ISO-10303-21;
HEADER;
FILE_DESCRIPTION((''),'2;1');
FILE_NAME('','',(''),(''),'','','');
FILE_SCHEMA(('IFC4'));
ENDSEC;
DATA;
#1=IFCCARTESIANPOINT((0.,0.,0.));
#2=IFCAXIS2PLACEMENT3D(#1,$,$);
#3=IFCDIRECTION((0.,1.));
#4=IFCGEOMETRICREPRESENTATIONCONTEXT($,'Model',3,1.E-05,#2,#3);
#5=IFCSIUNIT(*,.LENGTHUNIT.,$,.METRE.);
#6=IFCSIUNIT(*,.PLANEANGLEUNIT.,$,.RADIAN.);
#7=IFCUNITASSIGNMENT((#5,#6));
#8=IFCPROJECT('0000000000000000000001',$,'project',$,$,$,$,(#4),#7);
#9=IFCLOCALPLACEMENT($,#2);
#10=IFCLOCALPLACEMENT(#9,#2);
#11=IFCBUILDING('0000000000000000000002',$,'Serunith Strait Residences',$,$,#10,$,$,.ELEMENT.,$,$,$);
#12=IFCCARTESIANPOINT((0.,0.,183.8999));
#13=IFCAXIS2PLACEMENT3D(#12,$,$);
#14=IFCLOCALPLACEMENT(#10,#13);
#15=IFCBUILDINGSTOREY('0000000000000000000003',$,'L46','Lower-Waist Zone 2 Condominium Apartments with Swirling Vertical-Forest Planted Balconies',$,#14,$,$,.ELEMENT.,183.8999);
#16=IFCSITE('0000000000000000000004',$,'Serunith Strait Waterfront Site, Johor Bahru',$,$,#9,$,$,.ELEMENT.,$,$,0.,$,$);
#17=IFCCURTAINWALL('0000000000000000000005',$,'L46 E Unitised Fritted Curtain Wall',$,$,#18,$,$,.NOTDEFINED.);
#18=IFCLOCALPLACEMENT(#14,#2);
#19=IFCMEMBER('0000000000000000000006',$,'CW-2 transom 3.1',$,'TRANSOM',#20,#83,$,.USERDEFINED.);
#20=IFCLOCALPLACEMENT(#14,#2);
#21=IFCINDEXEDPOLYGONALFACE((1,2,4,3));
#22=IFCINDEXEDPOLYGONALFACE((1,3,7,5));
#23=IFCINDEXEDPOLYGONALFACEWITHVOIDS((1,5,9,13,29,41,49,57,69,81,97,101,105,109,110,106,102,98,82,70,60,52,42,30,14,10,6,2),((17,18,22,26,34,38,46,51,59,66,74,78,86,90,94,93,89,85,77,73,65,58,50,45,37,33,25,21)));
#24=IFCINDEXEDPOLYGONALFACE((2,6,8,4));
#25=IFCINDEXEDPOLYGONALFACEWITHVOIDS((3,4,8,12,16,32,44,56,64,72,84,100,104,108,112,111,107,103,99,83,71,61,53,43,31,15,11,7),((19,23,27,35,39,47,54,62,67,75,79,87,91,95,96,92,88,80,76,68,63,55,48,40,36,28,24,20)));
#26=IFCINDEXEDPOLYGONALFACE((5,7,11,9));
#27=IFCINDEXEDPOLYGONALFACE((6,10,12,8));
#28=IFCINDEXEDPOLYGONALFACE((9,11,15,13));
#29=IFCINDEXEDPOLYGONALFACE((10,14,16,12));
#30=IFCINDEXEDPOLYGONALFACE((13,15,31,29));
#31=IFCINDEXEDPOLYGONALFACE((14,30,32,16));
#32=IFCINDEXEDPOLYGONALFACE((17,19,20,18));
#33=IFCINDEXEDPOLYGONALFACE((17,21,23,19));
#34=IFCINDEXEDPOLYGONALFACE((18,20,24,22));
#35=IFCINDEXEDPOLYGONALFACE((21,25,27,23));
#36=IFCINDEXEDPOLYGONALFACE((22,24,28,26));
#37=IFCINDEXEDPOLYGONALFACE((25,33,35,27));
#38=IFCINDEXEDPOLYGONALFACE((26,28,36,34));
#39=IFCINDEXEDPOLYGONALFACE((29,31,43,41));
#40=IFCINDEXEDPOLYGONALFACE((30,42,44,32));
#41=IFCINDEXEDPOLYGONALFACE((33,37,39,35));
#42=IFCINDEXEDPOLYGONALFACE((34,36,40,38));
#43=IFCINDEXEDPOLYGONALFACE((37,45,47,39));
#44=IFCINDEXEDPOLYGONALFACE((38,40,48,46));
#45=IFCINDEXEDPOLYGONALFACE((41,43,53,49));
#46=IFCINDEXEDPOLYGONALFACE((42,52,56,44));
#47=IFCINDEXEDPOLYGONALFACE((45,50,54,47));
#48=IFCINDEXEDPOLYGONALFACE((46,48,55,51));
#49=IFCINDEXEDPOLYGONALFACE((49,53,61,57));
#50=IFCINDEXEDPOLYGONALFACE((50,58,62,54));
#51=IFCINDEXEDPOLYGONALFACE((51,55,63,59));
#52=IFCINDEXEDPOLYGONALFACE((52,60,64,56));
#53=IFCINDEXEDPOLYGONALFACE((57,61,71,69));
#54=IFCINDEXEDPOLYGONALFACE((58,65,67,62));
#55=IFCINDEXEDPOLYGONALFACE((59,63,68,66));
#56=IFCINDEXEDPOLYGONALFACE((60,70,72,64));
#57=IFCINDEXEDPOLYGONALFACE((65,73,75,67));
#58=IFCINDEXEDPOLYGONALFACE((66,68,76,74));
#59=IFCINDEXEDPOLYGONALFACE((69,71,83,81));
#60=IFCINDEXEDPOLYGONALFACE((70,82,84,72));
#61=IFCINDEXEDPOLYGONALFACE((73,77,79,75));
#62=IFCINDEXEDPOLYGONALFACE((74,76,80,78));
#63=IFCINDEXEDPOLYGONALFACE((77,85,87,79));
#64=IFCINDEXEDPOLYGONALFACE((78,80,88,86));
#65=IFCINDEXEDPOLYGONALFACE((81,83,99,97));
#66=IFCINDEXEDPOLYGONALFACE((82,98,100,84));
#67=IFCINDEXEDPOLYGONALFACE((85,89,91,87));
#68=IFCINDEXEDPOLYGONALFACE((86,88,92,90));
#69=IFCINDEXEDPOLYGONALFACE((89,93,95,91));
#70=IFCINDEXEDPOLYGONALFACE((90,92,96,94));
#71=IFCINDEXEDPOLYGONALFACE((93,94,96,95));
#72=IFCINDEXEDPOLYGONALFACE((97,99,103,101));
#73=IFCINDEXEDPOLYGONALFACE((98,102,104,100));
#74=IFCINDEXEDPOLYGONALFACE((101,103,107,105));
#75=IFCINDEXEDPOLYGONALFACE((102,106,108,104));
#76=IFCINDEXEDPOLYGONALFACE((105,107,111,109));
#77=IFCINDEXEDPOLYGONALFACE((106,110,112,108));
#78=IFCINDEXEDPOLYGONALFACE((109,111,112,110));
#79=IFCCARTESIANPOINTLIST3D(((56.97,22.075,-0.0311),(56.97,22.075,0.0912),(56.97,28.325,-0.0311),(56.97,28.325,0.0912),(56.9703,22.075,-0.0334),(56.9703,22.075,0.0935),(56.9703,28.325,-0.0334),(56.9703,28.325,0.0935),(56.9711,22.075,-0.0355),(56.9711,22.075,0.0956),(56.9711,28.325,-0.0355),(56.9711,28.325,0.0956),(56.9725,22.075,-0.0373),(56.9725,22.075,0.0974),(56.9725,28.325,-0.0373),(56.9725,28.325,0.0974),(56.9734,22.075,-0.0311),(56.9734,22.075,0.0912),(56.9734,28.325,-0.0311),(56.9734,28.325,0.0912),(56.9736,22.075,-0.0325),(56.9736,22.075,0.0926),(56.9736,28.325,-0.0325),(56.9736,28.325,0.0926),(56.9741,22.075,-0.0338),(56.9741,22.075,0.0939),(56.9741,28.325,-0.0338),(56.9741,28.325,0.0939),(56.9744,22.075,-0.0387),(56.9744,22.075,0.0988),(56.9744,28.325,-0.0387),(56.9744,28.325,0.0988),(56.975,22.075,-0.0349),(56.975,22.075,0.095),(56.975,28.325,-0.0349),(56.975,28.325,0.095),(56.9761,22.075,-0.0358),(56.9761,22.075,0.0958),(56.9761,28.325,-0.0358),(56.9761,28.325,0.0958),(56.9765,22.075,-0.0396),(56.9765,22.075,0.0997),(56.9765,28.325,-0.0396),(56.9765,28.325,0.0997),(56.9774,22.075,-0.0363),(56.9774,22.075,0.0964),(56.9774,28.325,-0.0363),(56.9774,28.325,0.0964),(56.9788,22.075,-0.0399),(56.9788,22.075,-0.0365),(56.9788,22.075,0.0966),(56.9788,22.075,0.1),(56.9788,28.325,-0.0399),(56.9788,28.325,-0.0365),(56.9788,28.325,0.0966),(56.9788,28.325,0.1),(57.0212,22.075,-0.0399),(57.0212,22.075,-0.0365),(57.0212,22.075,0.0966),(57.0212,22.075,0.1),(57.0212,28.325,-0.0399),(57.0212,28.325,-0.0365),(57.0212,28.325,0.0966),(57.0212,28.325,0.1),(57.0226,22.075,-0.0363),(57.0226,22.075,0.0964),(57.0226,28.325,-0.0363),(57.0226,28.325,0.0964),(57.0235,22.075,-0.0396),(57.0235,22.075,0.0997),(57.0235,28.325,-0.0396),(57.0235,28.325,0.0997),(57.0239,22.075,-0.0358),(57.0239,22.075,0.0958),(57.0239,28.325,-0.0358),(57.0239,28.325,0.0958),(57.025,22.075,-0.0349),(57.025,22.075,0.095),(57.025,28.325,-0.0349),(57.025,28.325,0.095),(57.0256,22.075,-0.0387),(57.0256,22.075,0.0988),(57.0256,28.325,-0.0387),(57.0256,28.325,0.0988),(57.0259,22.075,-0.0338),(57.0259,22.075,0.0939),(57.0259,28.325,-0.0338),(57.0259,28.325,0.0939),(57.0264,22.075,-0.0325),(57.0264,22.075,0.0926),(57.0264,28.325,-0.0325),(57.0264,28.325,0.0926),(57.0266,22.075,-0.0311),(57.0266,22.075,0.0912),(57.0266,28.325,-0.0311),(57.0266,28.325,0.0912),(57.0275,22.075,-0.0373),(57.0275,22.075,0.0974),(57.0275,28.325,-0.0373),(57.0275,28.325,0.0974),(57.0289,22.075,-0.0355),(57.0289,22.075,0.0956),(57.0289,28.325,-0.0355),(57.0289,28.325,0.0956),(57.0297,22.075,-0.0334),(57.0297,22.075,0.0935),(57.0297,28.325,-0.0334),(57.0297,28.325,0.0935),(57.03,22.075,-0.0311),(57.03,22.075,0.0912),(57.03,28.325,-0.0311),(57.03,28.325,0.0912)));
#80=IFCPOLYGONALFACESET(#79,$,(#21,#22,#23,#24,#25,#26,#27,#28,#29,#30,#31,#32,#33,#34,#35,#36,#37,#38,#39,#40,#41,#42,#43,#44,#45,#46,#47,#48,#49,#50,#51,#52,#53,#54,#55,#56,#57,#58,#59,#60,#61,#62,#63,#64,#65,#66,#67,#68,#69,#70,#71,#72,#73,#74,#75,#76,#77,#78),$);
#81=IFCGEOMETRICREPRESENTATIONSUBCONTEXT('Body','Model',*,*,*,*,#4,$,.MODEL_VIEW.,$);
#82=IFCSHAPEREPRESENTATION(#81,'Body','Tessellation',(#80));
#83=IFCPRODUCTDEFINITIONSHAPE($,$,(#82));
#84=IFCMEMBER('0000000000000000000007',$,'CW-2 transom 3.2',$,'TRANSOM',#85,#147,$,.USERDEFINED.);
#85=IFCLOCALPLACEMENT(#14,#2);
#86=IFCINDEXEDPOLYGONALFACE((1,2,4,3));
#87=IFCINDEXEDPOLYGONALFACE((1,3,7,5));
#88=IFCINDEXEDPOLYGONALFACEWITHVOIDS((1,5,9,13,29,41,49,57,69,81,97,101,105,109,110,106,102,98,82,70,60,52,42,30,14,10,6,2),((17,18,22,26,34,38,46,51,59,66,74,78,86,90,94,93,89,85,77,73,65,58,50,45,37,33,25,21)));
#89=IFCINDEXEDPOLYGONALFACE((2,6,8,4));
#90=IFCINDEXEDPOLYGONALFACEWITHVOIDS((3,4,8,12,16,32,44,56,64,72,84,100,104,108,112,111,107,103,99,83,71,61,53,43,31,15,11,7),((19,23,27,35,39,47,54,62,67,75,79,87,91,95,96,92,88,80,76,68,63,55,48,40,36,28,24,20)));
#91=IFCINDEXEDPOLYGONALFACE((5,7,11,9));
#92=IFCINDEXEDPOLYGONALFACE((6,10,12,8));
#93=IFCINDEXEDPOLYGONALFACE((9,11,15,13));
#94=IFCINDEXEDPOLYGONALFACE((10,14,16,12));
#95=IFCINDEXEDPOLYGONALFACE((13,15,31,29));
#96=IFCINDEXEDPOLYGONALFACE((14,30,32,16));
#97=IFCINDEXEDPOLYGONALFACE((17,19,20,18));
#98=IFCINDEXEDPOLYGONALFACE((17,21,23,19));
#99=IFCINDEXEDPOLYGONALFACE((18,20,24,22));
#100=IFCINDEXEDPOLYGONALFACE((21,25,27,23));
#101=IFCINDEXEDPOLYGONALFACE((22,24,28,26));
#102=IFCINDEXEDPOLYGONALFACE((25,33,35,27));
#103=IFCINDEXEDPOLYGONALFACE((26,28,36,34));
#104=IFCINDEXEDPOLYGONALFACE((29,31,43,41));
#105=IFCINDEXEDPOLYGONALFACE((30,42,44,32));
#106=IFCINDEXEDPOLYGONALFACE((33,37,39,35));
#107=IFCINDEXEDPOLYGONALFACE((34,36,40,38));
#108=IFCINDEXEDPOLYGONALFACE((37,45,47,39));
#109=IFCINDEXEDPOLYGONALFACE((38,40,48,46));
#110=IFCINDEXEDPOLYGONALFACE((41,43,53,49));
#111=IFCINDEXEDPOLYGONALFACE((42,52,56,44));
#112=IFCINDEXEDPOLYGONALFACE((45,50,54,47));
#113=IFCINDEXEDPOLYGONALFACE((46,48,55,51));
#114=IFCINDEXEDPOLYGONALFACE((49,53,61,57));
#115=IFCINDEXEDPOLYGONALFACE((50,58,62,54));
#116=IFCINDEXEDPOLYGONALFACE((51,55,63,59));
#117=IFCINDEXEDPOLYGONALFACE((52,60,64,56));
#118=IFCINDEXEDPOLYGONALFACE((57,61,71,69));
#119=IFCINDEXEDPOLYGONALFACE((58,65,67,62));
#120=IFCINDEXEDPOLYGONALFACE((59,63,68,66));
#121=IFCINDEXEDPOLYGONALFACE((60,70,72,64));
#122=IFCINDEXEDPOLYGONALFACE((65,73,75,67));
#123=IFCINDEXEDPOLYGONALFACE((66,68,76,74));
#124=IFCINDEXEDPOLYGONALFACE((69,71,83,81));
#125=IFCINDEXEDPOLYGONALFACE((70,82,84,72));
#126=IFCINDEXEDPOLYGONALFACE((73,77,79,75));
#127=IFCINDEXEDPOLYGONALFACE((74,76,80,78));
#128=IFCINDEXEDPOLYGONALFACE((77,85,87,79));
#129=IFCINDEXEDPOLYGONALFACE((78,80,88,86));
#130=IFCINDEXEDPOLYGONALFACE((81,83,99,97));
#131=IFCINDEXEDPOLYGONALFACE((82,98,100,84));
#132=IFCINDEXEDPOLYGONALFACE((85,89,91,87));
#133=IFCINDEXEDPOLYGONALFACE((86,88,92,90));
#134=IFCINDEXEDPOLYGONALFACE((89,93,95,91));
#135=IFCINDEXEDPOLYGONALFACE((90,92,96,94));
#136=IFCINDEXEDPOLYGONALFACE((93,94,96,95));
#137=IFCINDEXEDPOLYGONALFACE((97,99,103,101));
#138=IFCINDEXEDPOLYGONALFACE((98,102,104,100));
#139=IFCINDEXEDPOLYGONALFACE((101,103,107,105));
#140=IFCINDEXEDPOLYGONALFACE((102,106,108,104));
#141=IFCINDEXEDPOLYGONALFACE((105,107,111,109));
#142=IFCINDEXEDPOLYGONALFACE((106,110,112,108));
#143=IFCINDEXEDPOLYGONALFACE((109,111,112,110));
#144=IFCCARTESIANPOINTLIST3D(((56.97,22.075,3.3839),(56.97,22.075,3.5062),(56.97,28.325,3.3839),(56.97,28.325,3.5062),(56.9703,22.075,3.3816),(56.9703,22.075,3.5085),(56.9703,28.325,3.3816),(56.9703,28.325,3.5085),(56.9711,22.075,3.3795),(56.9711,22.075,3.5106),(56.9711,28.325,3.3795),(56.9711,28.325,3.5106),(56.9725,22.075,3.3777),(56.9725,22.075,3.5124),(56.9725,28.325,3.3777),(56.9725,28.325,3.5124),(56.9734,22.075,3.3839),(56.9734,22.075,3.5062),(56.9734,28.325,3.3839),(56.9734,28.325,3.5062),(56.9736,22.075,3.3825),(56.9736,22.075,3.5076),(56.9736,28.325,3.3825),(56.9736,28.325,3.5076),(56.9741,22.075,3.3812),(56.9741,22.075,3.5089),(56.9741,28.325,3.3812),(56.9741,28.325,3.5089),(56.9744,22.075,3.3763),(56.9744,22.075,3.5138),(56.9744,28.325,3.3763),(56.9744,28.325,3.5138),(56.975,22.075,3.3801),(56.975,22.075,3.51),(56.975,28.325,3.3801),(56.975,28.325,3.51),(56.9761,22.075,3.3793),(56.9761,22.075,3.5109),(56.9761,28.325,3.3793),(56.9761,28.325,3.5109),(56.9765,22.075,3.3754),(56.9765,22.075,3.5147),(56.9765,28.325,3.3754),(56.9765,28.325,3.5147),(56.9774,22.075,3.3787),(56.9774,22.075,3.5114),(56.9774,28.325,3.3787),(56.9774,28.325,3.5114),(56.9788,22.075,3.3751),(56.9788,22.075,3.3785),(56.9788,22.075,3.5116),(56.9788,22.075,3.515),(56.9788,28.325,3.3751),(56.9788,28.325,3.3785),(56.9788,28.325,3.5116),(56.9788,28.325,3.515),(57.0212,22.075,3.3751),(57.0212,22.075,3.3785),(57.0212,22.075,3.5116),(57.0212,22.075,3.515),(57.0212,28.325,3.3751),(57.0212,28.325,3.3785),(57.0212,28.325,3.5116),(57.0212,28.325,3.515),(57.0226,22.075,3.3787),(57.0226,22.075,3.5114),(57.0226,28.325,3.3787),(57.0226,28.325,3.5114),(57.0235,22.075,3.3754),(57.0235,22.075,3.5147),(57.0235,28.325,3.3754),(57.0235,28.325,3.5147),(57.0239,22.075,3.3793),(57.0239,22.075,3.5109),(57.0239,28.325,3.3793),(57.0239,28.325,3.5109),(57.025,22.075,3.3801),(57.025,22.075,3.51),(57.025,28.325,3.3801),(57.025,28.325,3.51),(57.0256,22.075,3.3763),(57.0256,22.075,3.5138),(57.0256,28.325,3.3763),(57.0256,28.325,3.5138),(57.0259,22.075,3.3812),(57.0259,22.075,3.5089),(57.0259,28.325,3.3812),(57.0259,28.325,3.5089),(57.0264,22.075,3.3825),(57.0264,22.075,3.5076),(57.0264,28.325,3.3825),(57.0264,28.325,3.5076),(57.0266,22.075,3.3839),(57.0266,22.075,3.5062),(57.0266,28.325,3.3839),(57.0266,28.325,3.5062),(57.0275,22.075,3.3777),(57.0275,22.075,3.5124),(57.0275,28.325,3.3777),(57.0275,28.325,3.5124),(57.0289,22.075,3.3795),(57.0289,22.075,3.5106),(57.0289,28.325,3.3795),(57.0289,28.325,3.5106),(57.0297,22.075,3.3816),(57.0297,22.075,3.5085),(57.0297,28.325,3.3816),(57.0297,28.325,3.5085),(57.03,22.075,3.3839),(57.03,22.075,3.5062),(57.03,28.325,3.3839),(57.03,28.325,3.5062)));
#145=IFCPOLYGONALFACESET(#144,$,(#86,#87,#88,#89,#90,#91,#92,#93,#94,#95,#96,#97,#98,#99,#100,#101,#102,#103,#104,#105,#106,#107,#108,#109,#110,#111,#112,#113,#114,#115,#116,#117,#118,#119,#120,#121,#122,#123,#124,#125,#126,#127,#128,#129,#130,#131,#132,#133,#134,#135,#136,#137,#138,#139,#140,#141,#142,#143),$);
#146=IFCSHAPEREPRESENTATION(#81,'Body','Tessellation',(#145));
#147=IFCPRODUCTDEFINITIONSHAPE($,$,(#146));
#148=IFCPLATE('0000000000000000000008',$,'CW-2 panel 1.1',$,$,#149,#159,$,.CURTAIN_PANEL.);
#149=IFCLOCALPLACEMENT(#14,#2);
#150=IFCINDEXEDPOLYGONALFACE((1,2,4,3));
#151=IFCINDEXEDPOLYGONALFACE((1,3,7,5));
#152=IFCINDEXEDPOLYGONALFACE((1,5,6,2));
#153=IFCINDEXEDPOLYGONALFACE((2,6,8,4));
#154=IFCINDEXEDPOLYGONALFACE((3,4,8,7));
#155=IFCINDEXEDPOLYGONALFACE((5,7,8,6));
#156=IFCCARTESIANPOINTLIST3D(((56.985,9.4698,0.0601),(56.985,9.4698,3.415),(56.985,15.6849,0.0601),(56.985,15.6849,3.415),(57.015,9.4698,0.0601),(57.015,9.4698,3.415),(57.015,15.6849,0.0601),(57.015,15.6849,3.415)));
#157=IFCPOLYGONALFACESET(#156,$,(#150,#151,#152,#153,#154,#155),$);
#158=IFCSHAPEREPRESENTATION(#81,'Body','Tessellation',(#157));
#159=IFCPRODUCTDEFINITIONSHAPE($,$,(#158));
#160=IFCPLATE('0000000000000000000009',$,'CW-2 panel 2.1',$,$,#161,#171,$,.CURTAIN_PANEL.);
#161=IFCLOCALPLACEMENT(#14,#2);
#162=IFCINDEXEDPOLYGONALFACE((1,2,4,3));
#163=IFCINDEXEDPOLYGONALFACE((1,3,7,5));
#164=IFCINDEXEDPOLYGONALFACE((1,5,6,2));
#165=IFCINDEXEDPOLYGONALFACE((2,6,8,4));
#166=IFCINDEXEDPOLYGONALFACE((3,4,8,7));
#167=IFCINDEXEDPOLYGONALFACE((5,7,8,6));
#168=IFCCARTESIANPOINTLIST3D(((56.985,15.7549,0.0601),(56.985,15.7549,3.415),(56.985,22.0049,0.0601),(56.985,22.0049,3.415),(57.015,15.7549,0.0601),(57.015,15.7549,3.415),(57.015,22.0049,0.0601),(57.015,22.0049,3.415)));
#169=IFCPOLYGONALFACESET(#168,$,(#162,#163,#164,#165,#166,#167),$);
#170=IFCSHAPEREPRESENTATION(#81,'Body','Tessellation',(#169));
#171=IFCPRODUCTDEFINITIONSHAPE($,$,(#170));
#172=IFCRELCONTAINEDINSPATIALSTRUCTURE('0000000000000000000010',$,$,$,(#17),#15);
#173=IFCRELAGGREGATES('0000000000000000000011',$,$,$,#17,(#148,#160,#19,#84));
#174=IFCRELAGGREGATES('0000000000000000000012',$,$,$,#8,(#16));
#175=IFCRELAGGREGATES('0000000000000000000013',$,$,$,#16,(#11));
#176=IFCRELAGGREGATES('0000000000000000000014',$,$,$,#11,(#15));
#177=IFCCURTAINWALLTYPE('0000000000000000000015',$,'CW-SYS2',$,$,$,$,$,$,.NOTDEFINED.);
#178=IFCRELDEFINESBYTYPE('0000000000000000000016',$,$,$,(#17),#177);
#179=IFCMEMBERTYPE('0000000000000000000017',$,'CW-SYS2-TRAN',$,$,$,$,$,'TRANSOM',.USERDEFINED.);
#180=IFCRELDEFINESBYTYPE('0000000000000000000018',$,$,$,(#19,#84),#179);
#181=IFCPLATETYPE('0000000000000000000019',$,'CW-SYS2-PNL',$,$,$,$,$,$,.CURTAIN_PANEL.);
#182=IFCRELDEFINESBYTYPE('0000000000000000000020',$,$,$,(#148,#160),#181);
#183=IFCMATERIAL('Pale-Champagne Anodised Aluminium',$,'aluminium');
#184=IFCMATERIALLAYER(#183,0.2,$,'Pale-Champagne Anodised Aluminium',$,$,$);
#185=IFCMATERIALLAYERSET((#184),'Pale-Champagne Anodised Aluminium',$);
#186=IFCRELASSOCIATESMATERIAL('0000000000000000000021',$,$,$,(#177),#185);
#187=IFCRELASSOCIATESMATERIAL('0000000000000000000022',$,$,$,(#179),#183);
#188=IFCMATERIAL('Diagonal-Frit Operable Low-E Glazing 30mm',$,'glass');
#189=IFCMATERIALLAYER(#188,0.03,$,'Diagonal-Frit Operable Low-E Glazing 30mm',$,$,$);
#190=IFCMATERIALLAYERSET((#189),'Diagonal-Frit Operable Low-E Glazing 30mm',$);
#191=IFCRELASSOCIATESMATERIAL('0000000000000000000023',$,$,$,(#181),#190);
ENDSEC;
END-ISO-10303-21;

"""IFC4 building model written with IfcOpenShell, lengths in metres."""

from ifc_helpers import new_model, si_unit, direction, frame, origin, origin_2d, place, context, subcontext, project, spatial, rectangle, hollow_rectangle, extrude, source, transform, mapped, material, layer, layer_set, material_profile, profile_set, type_object, element, aggregate, save


model = new_model("IFC4")

# Units and contexts
model_context = context("Model", 3, precision=1e-05, world=origin(), true_north=direction((0.0, 1.0)))
body_context = subcontext(model_context, "Body", "Model", "MODEL_VIEW")
ifc_project = project(units=[si_unit("LENGTHUNIT", "METRE"), si_unit("PLANEANGLEUNIT", "RADIAN")], contexts=[model_context])

# Site, building, storey
site_placement = place(None, origin())
site = spatial("IfcSite", under=ifc_project, at=site_placement, Name="Serunith Strait Waterfront Site, Johor Bahru", CompositionType="ELEMENT", RefElevation=0.0)
building_placement = place(site_placement, origin())
building = spatial("IfcBuilding", under=site, at=building_placement, Name="Serunith Strait Residences", CompositionType="ELEMENT")
storey_placement = place(building_placement, frame((0.0, 0.0, 183.8999)))
storey = spatial("IfcBuildingStorey", under=building, at=storey_placement, Name="L46", Description="Lower-Waist Zone 2 Condominium Apartments with Swirling Vertical-Forest Planted Balconies", CompositionType="ELEMENT", Elevation=183.8999)

# Curtain wall, members, plates
ifc_material_1 = material(Name="Pale-Champagne Anodised Aluminium", Category="aluminium")
ifc_layer_1 = layer(ifc_material_1, 0.2, Name="Pale-Champagne Anodised Aluminium")
ifc_layer_set_1 = layer_set([ifc_layer_1], Name="Pale-Champagne Anodised Aluminium")
curtain_wall_type = type_object("IfcCurtainWallType", Name="CW-SYS2", PredefinedType="NOTDEFINED", material=ifc_layer_set_1)
curtain_wall_placement = place(storey_placement, origin())
curtain_wall = element("IfcCurtainWall", 1, at=curtain_wall_placement, inside=storey, type_object=curtain_wall_type, Name="L46 E Unitised Fritted Curtain Wall", PredefinedType="NOTDEFINED")
ifc_material_profile_1 = material_profile(ifc_material_1, hollow_rectangle(XDim=0.0601, YDim=0.1399, WallThickness=0.0034, InnerFilletRadius=0.0054, OuterFilletRadius=0.0088, at=origin_2d()), Name="ALU 140x60x3.5")
ifc_profile_set_1 = profile_set([ifc_material_profile_1], Name="Pale-Champagne Anodised Aluminium")
member_type_1 = type_object("IfcMemberType", Name="CW-SYS2-TRAN", ElementType="TRANSOM", PredefinedType="USERDEFINED", material=ifc_profile_set_1)
shared_shape_1 = source(origin(), body_context, "Body", "SweptSolid", [
    extrude(hollow_rectangle(XDim=0.0601, YDim=0.1399, WallThickness=0.0034, InnerFilletRadius=0.0054, OuterFilletRadius=0.0088, at=origin_2d()), origin(), (0.0, 0.0, 1.0), 6.25),
])
member_1_placement = place(storey_placement, frame((57.0, 22.075, 0.03), z_axis=(0.0, 1.0, 0.0), x_axis=(-1.0, 0.0, 0.0)))
member_1 = element("IfcMember", 2, at=member_1_placement, type_object=member_type_1, Name="CW-2 transom 3.1", ObjectType="TRANSOM", PredefinedType="USERDEFINED", context=body_context, shape_type="MappedRepresentation", body=[
    mapped(shared_shape_1, transform((0.0, 0.0, 0.0), scale=1.0)),
])
member_2_placement = place(storey_placement, frame((57.0, 22.075, 3.4451), z_axis=(0.0, 1.0, 0.0), x_axis=(-1.0, 0.0, 0.0)))
member_2 = element("IfcMember", 3, at=member_2_placement, type_object=member_type_1, Name="CW-2 transom 3.2", ObjectType="TRANSOM", PredefinedType="USERDEFINED", context=body_context, shape_type="MappedRepresentation", body=[
    mapped(shared_shape_1, transform((0.0, 0.0, 0.0), scale=1.0)),
])
ifc_material_2 = material(Name="Diagonal-Frit Operable Low-E Glazing 30mm", Category="glass")
ifc_layer_2 = layer(ifc_material_2, 0.03, Name="Diagonal-Frit Operable Low-E Glazing 30mm")
ifc_layer_set_2 = layer_set([ifc_layer_2], Name="Diagonal-Frit Operable Low-E Glazing 30mm")
plate_type = type_object("IfcPlateType", Name="CW-SYS2-PNL", PredefinedType="CURTAIN_PANEL", material=ifc_layer_set_2)
shared_shape_2 = source(origin(), body_context, "Body", "SweptSolid", [
    extrude(rectangle(XDim=6.2151, YDim=0.03, at=origin_2d()), origin(), (0.0, 0.0, 1.0), 3.355),
])
plate_1_placement = place(storey_placement, frame((57.0, 12.5774, 0.0601), z_axis=(0.0, 0.0, 1.0), x_axis=(0.0, 1.0, 0.0)))
plate_1 = element("IfcPlate", 4, at=plate_1_placement, type_object=plate_type, Name="CW-2 panel 1.1", PredefinedType="CURTAIN_PANEL", context=body_context, shape_type="MappedRepresentation", body=[
    mapped(shared_shape_2, transform((0.0, 0.0, 0.0), scale=1.0)),
])
shared_shape_3 = source(origin(), body_context, "Body", "SweptSolid", [
    extrude(rectangle(XDim=6.25, YDim=0.03, at=origin_2d()), origin(), (0.0, 0.0, 1.0), 3.355),
])
plate_2_placement = place(storey_placement, frame((57.0, 18.8799, 0.0601), z_axis=(0.0, 0.0, 1.0), x_axis=(0.0, 1.0, 0.0)))
plate_2 = element("IfcPlate", 5, at=plate_2_placement, type_object=plate_type, Name="CW-2 panel 2.1", PredefinedType="CURTAIN_PANEL", context=body_context, shape_type="MappedRepresentation", body=[
    mapped(shared_shape_3, transform((0.0, 0.0, 0.0), scale=1.0)),
])
aggregate(curtain_wall, [plate_1, plate_2, member_1, member_2])

save(model, "model.ifc")
